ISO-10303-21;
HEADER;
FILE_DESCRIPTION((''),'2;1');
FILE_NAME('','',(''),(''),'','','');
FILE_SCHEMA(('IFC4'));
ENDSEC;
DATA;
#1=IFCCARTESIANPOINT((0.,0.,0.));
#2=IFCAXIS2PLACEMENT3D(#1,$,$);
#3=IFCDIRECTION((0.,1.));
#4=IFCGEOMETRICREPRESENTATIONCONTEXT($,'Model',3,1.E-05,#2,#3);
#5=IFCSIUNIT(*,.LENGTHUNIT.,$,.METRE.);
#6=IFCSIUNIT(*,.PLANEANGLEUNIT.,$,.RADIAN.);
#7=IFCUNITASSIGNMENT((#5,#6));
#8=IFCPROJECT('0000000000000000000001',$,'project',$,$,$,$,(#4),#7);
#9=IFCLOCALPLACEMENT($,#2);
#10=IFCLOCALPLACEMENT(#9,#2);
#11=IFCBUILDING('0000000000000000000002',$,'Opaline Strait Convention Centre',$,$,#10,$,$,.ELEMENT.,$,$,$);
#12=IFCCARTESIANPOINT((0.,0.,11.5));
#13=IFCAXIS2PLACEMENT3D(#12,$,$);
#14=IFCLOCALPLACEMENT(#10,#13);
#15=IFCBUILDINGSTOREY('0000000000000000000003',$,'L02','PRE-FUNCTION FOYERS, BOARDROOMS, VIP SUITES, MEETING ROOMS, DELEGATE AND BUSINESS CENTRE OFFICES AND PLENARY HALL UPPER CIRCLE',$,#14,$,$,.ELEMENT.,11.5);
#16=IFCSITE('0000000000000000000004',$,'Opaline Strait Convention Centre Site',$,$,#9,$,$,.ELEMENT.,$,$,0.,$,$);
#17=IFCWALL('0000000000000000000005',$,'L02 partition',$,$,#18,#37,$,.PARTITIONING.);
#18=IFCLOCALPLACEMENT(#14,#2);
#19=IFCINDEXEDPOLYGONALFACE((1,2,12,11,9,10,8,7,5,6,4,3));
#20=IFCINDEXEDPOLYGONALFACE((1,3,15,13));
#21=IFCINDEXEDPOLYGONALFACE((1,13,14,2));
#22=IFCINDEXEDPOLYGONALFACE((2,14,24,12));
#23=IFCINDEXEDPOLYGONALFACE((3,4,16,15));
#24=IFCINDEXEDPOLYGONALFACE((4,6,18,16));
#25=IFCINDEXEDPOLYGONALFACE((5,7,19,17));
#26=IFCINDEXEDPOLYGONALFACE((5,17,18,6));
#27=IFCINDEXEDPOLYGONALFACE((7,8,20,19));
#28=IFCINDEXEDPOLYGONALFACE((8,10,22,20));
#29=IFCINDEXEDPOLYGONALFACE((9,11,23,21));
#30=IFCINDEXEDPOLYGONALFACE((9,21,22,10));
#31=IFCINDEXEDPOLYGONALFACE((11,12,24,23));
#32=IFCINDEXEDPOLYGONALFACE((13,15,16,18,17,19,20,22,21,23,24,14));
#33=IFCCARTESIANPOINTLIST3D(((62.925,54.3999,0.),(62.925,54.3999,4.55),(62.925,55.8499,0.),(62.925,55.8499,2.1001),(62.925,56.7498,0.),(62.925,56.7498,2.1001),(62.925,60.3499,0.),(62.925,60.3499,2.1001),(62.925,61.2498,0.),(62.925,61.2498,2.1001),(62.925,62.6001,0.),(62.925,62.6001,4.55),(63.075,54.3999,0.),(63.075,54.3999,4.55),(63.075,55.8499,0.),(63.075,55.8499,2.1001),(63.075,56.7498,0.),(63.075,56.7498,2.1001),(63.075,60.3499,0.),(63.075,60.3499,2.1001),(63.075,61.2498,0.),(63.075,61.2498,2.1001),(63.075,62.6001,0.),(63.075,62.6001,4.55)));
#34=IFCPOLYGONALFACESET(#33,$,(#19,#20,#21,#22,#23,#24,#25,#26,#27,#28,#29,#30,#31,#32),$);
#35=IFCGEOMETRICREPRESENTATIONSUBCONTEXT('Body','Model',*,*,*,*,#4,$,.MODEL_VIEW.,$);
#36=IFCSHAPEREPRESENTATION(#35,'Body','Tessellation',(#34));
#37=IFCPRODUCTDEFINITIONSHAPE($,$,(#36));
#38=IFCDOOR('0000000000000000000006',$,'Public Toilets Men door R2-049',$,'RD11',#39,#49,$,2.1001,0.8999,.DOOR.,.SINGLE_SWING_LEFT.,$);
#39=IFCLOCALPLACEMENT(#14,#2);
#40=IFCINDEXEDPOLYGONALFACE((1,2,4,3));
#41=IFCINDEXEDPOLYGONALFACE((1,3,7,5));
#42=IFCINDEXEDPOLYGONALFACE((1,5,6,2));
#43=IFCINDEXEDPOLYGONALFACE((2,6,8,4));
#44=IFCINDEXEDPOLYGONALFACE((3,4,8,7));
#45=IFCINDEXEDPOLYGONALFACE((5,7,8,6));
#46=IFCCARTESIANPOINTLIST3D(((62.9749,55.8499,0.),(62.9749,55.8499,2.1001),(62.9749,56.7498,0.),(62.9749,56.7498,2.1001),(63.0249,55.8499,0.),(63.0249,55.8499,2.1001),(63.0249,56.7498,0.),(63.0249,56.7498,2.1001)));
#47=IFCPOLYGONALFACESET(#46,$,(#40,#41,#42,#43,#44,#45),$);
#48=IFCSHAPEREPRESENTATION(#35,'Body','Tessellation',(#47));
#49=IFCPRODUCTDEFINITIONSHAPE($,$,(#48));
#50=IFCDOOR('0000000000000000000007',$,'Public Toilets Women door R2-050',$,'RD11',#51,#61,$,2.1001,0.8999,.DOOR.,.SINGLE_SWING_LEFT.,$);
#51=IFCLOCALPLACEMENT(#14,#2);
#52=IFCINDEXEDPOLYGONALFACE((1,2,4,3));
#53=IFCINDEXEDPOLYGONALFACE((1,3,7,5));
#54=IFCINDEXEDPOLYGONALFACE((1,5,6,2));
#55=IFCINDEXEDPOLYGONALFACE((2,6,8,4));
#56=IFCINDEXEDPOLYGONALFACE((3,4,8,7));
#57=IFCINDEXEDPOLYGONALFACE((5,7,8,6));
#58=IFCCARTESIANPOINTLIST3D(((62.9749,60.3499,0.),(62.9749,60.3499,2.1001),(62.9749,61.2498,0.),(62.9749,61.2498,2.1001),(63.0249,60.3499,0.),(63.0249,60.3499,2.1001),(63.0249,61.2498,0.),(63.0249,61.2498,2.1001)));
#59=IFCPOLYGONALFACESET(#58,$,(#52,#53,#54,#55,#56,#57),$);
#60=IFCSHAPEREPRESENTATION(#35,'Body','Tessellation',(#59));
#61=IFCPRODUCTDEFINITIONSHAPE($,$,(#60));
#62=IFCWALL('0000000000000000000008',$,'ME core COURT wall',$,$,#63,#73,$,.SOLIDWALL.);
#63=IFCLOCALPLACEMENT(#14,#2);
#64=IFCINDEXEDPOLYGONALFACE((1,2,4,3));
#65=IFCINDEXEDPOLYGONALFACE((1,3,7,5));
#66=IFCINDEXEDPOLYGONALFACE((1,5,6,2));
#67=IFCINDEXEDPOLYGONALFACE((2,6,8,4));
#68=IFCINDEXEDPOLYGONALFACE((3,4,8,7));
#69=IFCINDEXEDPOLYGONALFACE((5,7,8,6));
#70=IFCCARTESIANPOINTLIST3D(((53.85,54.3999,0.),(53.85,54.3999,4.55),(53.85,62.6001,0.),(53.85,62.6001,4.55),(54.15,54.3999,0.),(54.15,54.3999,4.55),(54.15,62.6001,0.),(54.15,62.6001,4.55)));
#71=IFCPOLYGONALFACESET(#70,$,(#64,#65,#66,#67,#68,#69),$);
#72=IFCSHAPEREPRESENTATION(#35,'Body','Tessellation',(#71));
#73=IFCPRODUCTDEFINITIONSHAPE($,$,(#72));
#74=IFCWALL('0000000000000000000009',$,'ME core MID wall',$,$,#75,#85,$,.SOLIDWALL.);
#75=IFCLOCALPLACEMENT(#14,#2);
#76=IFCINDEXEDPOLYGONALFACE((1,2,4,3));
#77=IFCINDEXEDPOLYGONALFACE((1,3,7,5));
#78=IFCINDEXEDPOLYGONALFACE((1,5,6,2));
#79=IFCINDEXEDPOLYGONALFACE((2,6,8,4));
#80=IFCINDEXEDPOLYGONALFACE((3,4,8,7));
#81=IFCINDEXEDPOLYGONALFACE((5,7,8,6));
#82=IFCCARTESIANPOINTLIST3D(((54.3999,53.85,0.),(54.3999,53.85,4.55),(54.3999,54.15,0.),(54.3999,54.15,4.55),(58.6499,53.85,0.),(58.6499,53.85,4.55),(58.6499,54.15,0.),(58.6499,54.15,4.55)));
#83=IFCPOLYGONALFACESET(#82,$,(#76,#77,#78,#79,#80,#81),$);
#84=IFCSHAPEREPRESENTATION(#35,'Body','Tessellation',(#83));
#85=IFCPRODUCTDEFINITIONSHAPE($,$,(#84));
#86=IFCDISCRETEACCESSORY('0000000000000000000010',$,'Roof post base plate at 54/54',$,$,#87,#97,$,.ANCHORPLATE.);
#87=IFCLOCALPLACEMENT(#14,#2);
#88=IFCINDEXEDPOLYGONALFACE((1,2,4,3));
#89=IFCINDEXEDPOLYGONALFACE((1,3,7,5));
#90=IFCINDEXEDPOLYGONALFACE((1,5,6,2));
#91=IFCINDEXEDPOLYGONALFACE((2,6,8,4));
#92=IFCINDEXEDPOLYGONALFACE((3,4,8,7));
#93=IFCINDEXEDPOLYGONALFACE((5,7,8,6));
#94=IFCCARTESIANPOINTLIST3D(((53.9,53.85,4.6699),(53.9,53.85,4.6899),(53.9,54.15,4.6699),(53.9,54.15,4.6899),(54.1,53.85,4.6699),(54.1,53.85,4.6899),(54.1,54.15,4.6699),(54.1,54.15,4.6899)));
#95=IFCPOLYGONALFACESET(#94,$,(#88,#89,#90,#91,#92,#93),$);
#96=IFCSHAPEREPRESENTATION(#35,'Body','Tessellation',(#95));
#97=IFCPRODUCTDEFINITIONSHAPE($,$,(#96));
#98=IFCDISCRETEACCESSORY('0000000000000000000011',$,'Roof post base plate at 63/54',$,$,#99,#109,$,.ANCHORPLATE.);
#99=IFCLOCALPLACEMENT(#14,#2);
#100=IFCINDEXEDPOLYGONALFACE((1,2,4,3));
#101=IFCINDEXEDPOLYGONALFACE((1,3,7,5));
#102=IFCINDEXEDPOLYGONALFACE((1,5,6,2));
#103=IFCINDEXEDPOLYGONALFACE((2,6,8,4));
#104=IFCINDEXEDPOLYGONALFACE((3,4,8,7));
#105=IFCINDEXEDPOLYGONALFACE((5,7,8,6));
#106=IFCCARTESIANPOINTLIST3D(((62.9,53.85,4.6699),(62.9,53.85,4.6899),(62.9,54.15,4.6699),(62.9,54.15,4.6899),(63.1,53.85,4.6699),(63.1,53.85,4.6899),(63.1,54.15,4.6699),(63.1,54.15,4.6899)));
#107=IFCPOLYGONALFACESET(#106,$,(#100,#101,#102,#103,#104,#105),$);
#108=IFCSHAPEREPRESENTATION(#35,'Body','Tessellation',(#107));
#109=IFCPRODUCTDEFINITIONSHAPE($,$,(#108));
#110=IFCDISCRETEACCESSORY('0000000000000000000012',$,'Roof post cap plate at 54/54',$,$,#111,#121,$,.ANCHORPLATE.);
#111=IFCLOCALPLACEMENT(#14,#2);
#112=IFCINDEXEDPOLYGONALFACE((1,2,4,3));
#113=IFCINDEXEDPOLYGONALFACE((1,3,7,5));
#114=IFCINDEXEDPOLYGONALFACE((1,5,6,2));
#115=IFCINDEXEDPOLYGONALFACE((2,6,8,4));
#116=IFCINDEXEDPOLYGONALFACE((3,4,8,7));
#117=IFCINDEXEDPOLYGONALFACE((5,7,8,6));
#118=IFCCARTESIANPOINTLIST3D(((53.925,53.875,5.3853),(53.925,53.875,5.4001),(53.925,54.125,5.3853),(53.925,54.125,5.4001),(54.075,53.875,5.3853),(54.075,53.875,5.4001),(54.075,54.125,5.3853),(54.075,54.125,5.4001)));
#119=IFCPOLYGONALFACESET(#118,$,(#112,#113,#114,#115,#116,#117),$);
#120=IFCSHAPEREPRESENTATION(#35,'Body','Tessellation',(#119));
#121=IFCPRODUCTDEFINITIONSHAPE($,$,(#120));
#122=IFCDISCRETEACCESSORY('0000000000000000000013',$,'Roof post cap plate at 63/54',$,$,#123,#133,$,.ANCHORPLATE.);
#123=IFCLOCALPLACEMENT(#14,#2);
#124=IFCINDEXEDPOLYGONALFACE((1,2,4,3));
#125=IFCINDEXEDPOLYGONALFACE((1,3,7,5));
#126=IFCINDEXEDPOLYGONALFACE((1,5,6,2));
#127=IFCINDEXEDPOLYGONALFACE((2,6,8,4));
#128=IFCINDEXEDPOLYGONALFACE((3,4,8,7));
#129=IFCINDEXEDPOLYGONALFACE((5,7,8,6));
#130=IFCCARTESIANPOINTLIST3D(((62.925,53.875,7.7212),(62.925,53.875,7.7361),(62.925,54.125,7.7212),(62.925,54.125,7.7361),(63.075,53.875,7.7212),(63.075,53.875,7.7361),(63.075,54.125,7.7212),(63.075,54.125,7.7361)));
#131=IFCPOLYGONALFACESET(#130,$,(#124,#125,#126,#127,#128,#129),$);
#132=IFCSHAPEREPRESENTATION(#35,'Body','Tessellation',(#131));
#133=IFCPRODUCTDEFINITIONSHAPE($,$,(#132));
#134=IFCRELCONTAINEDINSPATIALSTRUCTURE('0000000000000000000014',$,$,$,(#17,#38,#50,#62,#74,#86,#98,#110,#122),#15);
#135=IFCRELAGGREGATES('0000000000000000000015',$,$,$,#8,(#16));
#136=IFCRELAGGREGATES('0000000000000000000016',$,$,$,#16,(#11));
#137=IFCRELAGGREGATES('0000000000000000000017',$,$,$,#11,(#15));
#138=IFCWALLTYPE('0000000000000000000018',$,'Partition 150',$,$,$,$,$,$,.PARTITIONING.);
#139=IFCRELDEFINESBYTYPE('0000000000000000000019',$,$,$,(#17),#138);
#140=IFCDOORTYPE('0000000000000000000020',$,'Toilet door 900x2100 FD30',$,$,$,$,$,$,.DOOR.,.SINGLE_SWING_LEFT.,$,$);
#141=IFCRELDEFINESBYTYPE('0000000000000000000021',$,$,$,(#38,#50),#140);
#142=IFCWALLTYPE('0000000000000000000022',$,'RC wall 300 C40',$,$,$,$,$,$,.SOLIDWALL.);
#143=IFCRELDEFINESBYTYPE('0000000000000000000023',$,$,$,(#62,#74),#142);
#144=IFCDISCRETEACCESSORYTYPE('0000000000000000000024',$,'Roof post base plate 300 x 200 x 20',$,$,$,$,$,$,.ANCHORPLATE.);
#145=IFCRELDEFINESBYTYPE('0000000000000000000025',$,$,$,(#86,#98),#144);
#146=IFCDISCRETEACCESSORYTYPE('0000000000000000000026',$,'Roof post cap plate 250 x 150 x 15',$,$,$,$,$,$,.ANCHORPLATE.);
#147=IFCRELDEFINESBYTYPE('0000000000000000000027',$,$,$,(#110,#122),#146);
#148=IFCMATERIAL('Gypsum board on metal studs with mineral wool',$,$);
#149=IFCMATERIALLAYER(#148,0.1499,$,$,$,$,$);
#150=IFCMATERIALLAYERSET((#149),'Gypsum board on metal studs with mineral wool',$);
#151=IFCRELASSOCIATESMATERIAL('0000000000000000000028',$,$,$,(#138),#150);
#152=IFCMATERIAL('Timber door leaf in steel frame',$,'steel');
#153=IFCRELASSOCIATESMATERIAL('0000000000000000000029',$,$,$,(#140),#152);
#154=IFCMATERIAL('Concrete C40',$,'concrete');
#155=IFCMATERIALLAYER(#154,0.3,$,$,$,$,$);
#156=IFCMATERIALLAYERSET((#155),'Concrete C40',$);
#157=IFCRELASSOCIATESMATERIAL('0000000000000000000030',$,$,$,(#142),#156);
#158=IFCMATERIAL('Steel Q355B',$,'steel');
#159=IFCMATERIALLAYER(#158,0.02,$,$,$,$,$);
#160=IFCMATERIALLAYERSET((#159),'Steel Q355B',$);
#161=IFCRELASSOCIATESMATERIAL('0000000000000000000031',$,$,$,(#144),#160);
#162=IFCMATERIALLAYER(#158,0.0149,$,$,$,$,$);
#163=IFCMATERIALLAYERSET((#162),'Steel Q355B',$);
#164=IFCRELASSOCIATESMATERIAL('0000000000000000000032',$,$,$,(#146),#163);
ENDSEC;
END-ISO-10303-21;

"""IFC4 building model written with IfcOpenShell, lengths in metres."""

from ifc_helpers import new_model, si_unit, direction, frame, frame_2d, origin, origin_2d, place, context, subcontext, project, spatial, rectangle, extrude, material, layer, layer_set, type_object, element, fill, save


model = new_model("IFC4")

# Units and contexts
model_context = context("Model", 3, precision=1e-05, world=origin(), true_north=direction((0.0, 1.0)))
body_context = subcontext(model_context, "Body", "Model", "MODEL_VIEW")
ifc_project = project(units=[si_unit("LENGTHUNIT", "METRE"), si_unit("PLANEANGLEUNIT", "RADIAN")], contexts=[model_context])

# Site, building, storey
site_placement = place(None, origin())
site = spatial("IfcSite", under=ifc_project, at=site_placement, Name="Opaline Strait Convention Centre Site", CompositionType="ELEMENT", RefElevation=0.0)
building_placement = place(site_placement, origin())
building = spatial("IfcBuilding", under=site, at=building_placement, Name="Opaline Strait Convention Centre", CompositionType="ELEMENT")
storey_placement = place(building_placement, frame((0.0, 0.0, 11.5)))
storey = spatial("IfcBuildingStorey", under=building, at=storey_placement, Name="L02", Description="PRE-FUNCTION FOYERS, BOARDROOMS, VIP SUITES, MEETING ROOMS, DELEGATE AND BUSINESS CENTRE OFFICES AND PLENARY HALL UPPER CIRCLE", CompositionType="ELEMENT", Elevation=11.5)

# Shared definitions
ifc_material_1 = material(Name="Concrete C40", Category="concrete")

# Shared definitions
ifc_material_2 = material(Name="Steel Q355B", Category="steel")

# Shared definitions
ifc_material_3 = material(Name="Gypsum board on metal studs with mineral wool")

# Wall, openings, doors
ifc_layer_1 = layer(ifc_material_3, 0.1499)
ifc_layer_set_1 = layer_set([ifc_layer_1], Name="Gypsum board on metal studs with mineral wool")
wall_type_1 = type_object("IfcWallType", Name="Partition 150", PredefinedType="PARTITIONING", material=ifc_layer_set_1)
wall_1_placement = place(storey_placement, frame((63.0, 54.3999, 0.0), z_axis=(0.0, 0.0, 1.0), x_axis=(0.0, 1.0, 0.0)))
wall_1 = element("IfcWall", 1, at=wall_1_placement, inside=storey, type_object=wall_type_1, Name="L02 partition", PredefinedType="PARTITIONING", context=body_context, shape_type="SweptSolid", body=[
    extrude(rectangle(XDim=8.2002, YDim=0.1499, at=frame_2d((4.1001, 0.0))), origin(), (0.0, 0.0, 1.0), 4.55),
])
opening_1_placement = place(wall_1_placement, frame((1.45, 0.0, 0.0)))
opening_1 = element("IfcOpeningElement", 2, at=opening_1_placement, cuts=wall_1, PredefinedType="OPENING", context=body_context, shape_type="SweptSolid", body=[
    extrude(rectangle(XDim=0.8999, YDim=2.1001, at=frame_2d((0.45, 1.05))), frame((0.0, 0.085, 0.0), z_axis=(0.0, -1.0, 0.0), x_axis=(1.0, 0.0, 0.0)), (0.0, 0.0, 1.0), 0.1699),
])
opening_2_placement = place(wall_1_placement, frame((5.95, 0.0, 0.0)))
opening_2 = element("IfcOpeningElement", 3, at=opening_2_placement, cuts=wall_1, PredefinedType="OPENING", context=body_context, shape_type="SweptSolid", body=[
    extrude(rectangle(XDim=0.8999, YDim=2.1001, at=frame_2d((0.45, 1.05))), frame((0.0, 0.085, 0.0), z_axis=(0.0, -1.0, 0.0), x_axis=(1.0, 0.0, 0.0)), (0.0, 0.0, 1.0), 0.1699),
])
ifc_material_4 = material(Name="Timber door leaf in steel frame", Category="steel")
door_type = type_object("IfcDoorType", Name="Toilet door 900x2100 FD30", OperationType="SINGLE_SWING_LEFT", PredefinedType="DOOR", material=ifc_material_4)
door_1_placement = place(opening_1_placement, frame((0.8999, 0.0, 0.0), z_axis=(0.0, 0.0, 1.0), x_axis=(-1.0, 0.0, 0.0)))
door_1 = element("IfcDoor", 4, at=door_1_placement, inside=storey, type_object=door_type, Name="Public Toilets Men door R2-049", ObjectType="RD11", OperationType="SINGLE_SWING_LEFT", OverallHeight=2.1001, OverallWidth=0.8999, PredefinedType="DOOR", context=body_context, shape_type="SweptSolid", body=[
    extrude(rectangle(XDim=0.8999, YDim=2.1001, at=frame_2d((0.45, 1.05))), frame((0.0, 0.0249, 0.0), z_axis=(0.0, -1.0, 0.0), x_axis=(1.0, 0.0, 0.0)), (0.0, 0.0, 1.0), 0.05),
])
fill(opening_1, door_1)
door_2_placement = place(opening_2_placement, frame((0.8999, 0.0, 0.0), z_axis=(0.0, 0.0, 1.0), x_axis=(-1.0, 0.0, 0.0)))
door_2 = element("IfcDoor", 5, at=door_2_placement, inside=storey, type_object=door_type, Name="Public Toilets Women door R2-050", ObjectType="RD11", OperationType="SINGLE_SWING_LEFT", OverallHeight=2.1001, OverallWidth=0.8999, PredefinedType="DOOR", context=body_context, shape_type="SweptSolid", body=[
    extrude(rectangle(XDim=0.8999, YDim=2.1001, at=frame_2d((0.45, 1.05))), frame((0.0, 0.0249, 0.0), z_axis=(0.0, -1.0, 0.0), x_axis=(1.0, 0.0, 0.0)), (0.0, 0.0, 1.0), 0.05),
])
fill(opening_2, door_2)

# Walls
ifc_layer_2 = layer(ifc_material_1, 0.3)
ifc_layer_set_2 = layer_set([ifc_layer_2], Name="Concrete C40")
wall_type_2 = type_object("IfcWallType", Name="RC wall 300 C40", PredefinedType="SOLIDWALL", material=ifc_layer_set_2)
wall_2_placement = place(storey_placement, frame((54.0, 54.3999, 0.0), z_axis=(0.0, 0.0, 1.0), x_axis=(0.0, 1.0, 0.0)))
element("IfcWall", 6, at=wall_2_placement, inside=storey, type_object=wall_type_2, Name="ME core COURT wall", PredefinedType="SOLIDWALL", context=body_context, shape_type="SweptSolid", body=[
    extrude(rectangle(XDim=8.2002, YDim=0.3, at=frame_2d((4.1001, 0.0))), origin(), (0.0, 0.0, 1.0), 4.55),
])
wall_3_placement = place(storey_placement, frame((54.3999, 54.0, 0.0), z_axis=(0.0, 0.0, 1.0), x_axis=(1.0, 0.0, 0.0)))
element("IfcWall", 7, at=wall_3_placement, inside=storey, type_object=wall_type_2, Name="ME core MID wall", PredefinedType="SOLIDWALL", context=body_context, shape_type="SweptSolid", body=[
    extrude(rectangle(XDim=4.25, YDim=0.3, at=frame_2d((2.125, 0.0))), origin(), (0.0, 0.0, 1.0), 4.55),
])

# Discrete accessories
ifc_layer_3 = layer(ifc_material_2, 0.02)
ifc_layer_set_3 = layer_set([ifc_layer_3], Name="Steel Q355B")
discrete_accessory_type_1 = type_object("IfcDiscreteAccessoryType", Name="Roof post base plate 300 x 200 x 20", PredefinedType="ANCHORPLATE", material=ifc_layer_set_3)
for number, where, z_axis, x_axis, name in (
    (8, (54.0, 54.0, 4.6699), (0.0, 0.0, 1.0), (1.0, 0.0, 0.0), "Roof post base plate at 54/54"),
    (9, (63.0, 54.0, 4.6699), (0.0, 0.0, 1.0), (1.0, 0.0, 0.0), "Roof post base plate at 63/54"),
):
    element("IfcDiscreteAccessory", number, at=place(storey_placement, frame(where, z_axis=z_axis, x_axis=x_axis)), inside=storey, type_object=discrete_accessory_type_1, Name=name, PredefinedType="ANCHORPLATE", context=body_context, shape_type="SweptSolid", body=[
        extrude(rectangle(XDim=0.2, YDim=0.3, at=origin_2d()), origin(), (0.0, 0.0, 1.0), 0.02),
    ])
ifc_layer_4 = layer(ifc_material_2, 0.0149)
ifc_layer_set_4 = layer_set([ifc_layer_4], Name="Steel Q355B")
discrete_accessory_type_2 = type_object("IfcDiscreteAccessoryType", Name="Roof post cap plate 250 x 150 x 15", PredefinedType="ANCHORPLATE", material=ifc_layer_set_4)
for number, where, z_axis, x_axis, name in (
    (10, (54.0, 54.0, 5.3853), (0.0, 0.0, 1.0), (1.0, 0.0, 0.0), "Roof post cap plate at 54/54"),
    (11, (63.0, 54.0, 7.7212), (0.0, 0.0, 1.0), (1.0, 0.0, 0.0), "Roof post cap plate at 63/54"),
):
    element("IfcDiscreteAccessory", number, at=place(storey_placement, frame(where, z_axis=z_axis, x_axis=x_axis)), inside=storey, type_object=discrete_accessory_type_2, Name=name, PredefinedType="ANCHORPLATE", context=body_context, shape_type="SweptSolid", body=[
        extrude(rectangle(XDim=0.1499, YDim=0.25, at=origin_2d()), origin(), (0.0, 0.0, 1.0), 0.0149),
    ])

save(model, "model.ifc")
